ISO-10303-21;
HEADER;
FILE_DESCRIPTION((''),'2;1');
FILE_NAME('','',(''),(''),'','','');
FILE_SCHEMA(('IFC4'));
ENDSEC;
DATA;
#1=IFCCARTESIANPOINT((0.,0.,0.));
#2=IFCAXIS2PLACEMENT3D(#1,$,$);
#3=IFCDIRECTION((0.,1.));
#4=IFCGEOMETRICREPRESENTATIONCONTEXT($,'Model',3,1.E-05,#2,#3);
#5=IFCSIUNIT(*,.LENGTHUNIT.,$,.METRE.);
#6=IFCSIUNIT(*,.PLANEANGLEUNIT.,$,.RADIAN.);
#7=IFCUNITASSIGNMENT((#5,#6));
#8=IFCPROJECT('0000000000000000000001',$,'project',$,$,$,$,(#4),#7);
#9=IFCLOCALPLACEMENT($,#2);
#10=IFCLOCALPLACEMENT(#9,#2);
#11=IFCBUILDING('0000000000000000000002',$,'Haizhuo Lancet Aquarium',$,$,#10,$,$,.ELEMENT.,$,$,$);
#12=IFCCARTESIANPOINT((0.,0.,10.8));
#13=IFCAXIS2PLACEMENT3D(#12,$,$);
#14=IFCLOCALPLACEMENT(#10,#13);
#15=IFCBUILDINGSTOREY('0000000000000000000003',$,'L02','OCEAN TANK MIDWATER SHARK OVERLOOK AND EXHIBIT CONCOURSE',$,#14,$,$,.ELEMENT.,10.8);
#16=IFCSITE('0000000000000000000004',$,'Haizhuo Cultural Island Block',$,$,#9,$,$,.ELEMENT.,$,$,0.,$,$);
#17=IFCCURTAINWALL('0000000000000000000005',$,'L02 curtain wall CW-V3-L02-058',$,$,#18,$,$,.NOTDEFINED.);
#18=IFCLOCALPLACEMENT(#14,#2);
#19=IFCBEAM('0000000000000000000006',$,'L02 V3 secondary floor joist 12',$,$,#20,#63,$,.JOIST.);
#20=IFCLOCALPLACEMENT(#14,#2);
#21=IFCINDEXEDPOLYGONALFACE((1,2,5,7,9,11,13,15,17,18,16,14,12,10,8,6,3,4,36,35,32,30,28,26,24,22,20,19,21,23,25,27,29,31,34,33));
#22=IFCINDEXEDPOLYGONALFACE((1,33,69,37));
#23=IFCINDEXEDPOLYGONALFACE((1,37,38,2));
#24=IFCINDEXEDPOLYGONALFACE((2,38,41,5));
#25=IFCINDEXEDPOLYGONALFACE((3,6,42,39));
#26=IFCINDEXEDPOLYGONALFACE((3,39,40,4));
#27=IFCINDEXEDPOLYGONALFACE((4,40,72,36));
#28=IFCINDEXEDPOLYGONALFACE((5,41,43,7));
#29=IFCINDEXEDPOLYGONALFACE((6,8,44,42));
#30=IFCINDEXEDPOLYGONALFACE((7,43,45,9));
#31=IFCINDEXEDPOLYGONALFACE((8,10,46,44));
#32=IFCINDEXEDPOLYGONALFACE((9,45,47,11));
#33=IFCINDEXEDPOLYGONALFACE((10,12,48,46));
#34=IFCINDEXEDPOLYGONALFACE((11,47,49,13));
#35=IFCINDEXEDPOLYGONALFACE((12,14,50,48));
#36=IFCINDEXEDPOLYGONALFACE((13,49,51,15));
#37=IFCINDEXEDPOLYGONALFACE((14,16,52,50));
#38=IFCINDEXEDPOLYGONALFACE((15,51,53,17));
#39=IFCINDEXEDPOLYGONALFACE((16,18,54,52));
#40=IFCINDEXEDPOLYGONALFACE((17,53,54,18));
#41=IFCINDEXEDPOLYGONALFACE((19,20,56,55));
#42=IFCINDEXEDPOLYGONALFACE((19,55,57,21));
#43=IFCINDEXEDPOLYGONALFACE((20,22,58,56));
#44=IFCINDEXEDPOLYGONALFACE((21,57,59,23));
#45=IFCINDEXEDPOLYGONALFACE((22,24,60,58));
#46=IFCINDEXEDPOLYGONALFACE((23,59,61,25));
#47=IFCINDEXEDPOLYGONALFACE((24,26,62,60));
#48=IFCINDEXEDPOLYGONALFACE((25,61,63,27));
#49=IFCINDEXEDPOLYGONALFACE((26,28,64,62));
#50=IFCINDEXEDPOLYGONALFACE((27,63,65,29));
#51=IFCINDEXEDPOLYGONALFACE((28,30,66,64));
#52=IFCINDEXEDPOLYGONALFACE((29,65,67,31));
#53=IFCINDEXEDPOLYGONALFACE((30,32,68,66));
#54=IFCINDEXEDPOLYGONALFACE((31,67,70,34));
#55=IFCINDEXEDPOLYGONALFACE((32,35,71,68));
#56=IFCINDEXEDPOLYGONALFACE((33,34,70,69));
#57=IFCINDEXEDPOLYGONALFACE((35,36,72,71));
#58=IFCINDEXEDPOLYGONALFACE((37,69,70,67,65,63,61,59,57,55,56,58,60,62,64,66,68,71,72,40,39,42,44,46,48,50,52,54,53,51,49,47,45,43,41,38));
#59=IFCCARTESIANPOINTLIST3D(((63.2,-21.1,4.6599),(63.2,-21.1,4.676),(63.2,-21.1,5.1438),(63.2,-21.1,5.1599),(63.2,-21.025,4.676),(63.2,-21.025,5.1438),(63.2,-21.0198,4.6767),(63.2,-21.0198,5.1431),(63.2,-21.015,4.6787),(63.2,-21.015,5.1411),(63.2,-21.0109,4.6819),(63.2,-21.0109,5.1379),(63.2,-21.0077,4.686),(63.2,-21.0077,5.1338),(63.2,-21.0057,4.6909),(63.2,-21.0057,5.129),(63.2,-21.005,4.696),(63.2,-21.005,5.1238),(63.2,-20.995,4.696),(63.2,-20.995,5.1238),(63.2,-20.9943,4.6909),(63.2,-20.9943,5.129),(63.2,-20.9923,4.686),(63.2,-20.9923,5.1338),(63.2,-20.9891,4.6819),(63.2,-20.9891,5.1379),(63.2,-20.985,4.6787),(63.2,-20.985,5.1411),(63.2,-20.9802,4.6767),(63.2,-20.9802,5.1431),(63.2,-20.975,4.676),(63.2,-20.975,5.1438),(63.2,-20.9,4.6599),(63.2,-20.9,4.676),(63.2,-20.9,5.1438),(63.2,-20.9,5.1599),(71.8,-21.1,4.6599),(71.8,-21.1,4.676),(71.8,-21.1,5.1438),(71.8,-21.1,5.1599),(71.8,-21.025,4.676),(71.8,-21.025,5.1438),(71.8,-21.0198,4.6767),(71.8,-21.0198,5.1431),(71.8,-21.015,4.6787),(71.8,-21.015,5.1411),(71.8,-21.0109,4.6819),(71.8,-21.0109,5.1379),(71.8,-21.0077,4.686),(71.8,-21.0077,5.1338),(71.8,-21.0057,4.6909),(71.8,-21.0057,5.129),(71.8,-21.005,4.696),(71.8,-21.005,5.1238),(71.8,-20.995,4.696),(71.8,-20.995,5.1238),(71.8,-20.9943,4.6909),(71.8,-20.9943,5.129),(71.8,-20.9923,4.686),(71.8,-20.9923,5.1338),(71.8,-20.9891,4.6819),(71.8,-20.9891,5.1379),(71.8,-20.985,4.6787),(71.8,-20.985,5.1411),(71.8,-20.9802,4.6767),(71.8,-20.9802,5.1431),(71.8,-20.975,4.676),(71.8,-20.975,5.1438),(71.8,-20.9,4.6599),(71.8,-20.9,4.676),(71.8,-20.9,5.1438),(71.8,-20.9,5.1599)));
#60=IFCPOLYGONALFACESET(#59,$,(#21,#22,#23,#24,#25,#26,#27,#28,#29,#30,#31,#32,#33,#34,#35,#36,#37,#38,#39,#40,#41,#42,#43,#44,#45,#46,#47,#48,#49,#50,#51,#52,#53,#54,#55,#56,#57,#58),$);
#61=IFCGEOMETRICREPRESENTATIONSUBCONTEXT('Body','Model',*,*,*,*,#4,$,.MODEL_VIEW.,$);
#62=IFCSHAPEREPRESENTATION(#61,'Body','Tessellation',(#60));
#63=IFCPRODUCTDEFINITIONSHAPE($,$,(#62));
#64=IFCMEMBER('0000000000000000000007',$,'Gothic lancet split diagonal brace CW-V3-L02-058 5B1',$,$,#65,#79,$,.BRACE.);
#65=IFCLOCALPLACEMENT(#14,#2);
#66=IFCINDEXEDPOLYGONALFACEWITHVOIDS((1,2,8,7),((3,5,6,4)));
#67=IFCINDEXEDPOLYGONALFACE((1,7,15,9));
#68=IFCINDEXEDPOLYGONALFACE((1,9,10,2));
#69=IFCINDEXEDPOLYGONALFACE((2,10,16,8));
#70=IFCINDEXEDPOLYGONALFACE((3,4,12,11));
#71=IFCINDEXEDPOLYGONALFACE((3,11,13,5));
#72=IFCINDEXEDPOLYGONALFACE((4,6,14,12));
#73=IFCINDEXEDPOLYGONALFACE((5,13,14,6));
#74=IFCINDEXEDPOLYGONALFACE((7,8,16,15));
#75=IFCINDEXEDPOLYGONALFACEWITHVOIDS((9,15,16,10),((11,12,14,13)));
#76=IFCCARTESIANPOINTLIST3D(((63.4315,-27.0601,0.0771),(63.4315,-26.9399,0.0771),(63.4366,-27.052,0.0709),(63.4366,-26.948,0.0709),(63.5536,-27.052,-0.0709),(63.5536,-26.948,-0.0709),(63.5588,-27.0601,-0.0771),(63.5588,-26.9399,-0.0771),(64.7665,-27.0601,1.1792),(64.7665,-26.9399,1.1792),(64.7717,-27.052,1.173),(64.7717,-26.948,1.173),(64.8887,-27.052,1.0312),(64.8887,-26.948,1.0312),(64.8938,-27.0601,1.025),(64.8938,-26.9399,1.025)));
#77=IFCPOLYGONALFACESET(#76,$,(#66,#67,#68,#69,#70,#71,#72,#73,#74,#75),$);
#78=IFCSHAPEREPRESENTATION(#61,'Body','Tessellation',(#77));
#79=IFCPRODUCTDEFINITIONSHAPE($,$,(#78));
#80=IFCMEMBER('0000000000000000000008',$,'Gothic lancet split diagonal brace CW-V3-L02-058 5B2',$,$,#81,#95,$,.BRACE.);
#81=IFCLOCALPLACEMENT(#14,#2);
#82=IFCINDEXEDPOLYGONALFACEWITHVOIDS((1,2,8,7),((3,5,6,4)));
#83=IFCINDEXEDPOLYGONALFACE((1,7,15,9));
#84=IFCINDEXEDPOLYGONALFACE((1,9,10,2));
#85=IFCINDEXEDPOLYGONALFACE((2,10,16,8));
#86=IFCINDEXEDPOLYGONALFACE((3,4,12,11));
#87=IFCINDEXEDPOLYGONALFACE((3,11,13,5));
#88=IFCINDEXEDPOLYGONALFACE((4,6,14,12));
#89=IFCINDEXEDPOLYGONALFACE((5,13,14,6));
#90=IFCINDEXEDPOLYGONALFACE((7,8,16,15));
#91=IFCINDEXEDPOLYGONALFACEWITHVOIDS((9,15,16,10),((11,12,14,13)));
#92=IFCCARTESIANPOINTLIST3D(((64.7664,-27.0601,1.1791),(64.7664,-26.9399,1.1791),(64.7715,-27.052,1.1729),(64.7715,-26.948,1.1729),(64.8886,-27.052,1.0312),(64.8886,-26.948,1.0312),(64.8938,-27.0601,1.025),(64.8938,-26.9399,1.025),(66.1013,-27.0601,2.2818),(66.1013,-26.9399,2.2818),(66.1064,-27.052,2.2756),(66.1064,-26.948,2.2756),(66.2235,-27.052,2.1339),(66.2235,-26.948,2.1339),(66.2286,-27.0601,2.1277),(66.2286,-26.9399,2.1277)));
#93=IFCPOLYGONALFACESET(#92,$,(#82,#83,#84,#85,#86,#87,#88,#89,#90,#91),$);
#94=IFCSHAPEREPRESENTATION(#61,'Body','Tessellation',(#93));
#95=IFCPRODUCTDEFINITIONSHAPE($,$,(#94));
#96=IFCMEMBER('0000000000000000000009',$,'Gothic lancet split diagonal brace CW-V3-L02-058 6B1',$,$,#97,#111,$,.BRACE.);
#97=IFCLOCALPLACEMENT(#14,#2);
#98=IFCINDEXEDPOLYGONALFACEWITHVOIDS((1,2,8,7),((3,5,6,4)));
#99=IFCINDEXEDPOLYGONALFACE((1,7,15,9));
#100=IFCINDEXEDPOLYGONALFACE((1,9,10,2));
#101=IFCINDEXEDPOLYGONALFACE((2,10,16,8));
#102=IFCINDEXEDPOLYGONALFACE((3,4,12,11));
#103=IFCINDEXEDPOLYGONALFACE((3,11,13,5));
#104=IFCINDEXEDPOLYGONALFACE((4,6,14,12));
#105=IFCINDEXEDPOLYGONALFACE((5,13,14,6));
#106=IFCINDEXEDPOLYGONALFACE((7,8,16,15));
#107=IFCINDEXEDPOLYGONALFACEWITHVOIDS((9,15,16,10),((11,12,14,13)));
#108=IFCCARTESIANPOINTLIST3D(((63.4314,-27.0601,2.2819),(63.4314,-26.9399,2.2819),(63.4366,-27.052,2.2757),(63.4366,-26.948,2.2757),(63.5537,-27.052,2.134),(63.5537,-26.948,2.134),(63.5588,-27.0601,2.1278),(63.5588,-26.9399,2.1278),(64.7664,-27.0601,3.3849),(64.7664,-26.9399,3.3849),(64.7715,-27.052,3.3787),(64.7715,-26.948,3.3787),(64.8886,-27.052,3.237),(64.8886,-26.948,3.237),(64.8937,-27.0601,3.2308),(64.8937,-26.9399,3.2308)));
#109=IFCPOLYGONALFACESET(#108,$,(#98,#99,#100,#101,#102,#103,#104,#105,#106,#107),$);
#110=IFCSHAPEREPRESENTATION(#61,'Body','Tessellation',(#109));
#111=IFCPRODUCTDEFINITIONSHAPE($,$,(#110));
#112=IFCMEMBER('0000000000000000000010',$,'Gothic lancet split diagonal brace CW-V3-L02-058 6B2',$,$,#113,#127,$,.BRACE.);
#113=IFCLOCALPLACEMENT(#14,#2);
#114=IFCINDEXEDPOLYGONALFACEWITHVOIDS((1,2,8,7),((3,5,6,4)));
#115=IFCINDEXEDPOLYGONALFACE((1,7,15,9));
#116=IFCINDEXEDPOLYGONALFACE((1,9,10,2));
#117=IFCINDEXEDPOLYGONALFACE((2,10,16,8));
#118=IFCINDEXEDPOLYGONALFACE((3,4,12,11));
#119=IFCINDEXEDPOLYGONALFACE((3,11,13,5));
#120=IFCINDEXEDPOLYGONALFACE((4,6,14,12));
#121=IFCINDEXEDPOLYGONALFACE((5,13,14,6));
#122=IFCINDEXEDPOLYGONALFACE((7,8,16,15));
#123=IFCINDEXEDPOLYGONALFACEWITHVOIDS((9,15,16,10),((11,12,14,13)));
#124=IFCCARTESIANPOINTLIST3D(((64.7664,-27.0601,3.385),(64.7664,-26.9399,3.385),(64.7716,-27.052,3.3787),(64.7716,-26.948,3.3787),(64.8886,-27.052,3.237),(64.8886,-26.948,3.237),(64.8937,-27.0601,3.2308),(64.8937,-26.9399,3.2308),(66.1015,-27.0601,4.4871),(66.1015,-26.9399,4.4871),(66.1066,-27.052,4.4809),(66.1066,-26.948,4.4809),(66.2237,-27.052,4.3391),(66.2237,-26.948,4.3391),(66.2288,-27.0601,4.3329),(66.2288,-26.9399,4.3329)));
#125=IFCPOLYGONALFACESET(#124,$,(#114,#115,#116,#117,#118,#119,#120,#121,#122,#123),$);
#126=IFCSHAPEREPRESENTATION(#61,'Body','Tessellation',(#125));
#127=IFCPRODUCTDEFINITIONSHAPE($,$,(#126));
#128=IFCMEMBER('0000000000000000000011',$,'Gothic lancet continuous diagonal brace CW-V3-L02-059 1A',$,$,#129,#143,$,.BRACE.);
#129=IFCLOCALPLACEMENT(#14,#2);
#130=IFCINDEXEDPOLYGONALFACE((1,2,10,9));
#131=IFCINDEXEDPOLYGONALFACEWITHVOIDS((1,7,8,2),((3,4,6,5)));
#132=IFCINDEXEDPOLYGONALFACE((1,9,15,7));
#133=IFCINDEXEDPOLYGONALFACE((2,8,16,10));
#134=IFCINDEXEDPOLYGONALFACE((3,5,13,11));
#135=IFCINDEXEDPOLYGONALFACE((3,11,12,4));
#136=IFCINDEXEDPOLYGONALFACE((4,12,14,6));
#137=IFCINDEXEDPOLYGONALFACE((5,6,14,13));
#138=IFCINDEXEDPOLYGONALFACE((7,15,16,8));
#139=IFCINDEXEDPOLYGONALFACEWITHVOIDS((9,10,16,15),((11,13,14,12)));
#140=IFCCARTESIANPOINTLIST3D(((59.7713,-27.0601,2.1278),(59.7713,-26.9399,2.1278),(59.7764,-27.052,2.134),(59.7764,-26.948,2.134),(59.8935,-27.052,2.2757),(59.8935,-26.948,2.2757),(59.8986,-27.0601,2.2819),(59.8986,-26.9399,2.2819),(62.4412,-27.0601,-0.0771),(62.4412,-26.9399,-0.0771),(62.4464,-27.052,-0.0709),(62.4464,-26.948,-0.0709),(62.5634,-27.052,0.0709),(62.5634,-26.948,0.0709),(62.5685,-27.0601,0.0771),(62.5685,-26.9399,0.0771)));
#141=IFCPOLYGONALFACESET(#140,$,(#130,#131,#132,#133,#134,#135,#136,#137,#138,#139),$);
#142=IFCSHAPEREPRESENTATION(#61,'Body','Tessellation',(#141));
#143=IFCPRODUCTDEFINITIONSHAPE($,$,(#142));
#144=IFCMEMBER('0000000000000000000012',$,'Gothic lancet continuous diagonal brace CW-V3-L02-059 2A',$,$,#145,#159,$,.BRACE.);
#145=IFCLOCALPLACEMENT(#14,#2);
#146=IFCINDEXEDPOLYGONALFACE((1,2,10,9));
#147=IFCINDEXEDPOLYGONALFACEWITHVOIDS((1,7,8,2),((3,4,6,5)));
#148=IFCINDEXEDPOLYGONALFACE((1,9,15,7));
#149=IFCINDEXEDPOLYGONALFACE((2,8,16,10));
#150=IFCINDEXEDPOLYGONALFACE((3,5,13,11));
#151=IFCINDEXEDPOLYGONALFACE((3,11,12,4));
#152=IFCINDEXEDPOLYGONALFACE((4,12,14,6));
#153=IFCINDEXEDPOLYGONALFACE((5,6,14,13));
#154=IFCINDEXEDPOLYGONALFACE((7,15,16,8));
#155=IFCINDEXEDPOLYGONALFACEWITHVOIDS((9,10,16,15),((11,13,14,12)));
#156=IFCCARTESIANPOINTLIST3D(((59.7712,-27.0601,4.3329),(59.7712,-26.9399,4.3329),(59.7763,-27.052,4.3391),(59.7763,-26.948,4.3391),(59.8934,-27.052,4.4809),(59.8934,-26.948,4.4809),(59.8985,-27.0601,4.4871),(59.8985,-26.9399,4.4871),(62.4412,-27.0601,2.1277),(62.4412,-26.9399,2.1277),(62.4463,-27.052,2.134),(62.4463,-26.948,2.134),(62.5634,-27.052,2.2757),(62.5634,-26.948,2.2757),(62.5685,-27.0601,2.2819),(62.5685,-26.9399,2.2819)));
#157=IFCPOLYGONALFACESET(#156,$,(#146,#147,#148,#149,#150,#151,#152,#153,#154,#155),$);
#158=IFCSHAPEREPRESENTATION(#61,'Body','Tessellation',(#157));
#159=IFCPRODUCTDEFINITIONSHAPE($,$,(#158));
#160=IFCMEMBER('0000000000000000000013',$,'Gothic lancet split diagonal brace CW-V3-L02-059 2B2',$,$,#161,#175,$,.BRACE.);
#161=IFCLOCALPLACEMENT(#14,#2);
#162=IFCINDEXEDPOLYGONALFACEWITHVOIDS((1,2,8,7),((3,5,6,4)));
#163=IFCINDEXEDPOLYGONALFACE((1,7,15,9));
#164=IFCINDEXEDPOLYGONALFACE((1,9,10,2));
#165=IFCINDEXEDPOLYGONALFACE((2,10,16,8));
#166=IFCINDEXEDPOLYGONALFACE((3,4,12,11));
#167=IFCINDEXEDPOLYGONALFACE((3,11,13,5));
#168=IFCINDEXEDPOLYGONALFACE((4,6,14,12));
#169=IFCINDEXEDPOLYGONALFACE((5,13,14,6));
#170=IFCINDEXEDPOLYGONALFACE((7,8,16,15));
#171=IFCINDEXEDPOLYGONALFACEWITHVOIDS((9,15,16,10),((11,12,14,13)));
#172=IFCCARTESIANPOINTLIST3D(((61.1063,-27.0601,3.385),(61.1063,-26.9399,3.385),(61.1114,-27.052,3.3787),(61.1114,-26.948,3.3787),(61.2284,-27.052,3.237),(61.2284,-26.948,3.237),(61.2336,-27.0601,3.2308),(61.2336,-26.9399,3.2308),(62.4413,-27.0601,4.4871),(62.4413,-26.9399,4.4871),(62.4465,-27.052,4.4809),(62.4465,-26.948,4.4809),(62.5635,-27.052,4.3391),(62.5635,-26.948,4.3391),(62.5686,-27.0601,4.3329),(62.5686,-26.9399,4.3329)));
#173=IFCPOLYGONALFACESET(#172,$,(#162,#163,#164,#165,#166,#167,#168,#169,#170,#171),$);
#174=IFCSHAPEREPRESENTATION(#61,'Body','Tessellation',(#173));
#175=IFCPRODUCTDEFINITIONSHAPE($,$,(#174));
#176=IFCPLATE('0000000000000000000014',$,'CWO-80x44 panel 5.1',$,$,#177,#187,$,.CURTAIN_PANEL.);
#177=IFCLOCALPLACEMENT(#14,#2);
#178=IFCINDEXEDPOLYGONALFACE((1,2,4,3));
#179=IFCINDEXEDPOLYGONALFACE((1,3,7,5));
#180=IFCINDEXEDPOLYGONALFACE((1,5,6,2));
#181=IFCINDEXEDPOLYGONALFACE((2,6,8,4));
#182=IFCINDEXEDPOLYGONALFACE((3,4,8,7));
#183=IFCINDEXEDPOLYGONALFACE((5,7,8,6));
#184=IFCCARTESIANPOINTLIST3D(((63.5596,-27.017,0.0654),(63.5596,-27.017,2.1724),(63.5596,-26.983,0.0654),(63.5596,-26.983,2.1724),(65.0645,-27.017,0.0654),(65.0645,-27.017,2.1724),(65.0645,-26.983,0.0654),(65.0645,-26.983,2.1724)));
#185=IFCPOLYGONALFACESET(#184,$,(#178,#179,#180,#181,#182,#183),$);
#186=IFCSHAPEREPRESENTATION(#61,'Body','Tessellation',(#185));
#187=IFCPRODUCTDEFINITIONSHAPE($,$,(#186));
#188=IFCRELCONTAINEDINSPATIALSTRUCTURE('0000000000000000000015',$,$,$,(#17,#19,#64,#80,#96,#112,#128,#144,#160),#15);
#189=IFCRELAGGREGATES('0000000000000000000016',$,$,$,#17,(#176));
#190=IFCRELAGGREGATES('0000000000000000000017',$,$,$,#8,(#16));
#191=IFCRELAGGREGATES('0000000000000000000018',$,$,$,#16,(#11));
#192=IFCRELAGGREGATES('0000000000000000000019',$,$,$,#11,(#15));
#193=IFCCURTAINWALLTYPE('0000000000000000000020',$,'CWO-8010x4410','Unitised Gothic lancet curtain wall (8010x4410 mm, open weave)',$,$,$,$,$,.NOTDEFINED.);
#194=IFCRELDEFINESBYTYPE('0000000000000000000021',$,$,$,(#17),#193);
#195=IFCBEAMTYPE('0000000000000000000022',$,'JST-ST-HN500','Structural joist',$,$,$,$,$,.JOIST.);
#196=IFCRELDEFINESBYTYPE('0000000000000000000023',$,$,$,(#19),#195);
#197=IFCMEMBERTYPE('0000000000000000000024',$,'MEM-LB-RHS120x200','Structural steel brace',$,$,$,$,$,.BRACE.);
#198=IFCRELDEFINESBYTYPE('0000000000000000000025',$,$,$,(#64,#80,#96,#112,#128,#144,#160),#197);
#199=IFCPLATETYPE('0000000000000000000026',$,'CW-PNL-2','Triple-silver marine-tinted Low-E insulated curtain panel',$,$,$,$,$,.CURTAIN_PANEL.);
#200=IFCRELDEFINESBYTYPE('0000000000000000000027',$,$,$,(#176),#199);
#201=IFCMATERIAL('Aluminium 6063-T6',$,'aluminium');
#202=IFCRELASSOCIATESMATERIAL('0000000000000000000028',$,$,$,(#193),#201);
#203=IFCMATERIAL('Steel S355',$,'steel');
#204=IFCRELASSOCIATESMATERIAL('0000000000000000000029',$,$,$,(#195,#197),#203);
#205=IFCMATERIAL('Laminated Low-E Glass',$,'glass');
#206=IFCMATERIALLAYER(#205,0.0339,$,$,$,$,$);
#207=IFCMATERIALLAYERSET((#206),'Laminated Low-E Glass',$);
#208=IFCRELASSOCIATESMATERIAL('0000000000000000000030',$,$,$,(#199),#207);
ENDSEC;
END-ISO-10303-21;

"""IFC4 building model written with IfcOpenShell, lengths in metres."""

from ifc_helpers import new_model, si_unit, direction, frame, origin, origin_2d, place, context, subcontext, project, spatial, rectangle, hollow_rectangle, i_section, extrude, material, layer, layer_set, material_profile, profile_set, type_object, element, aggregate, save


model = new_model("IFC4")

# Units and contexts
model_context = context("Model", 3, precision=1e-05, world=origin(), true_north=direction((0.0, 1.0)))
body_context = subcontext(model_context, "Body", "Model", "MODEL_VIEW")
ifc_project = project(units=[si_unit("LENGTHUNIT", "METRE"), si_unit("PLANEANGLEUNIT", "RADIAN")], contexts=[model_context])

# Site, building, storey
site_placement = place(None, origin())
site = spatial("IfcSite", under=ifc_project, at=site_placement, Name="Haizhuo Cultural Island Block", CompositionType="ELEMENT", RefElevation=0.0)
building_placement = place(site_placement, origin())
building = spatial("IfcBuilding", under=site, at=building_placement, Name="Haizhuo Lancet Aquarium", CompositionType="ELEMENT")
storey_placement = place(building_placement, frame((0.0, 0.0, 10.8)))
storey = spatial("IfcBuildingStorey", under=building, at=storey_placement, Name="L02", Description="OCEAN TANK MIDWATER SHARK OVERLOOK AND EXHIBIT CONCOURSE", CompositionType="ELEMENT", Elevation=10.8)

# Curtain wall
ifc_material_1 = material(Name="Aluminium 6063-T6", Category="aluminium")
curtain_wall_type = type_object("IfcCurtainWallType", Name="CWO-8010x4410", Description="Unitised Gothic lancet curtain wall (8010x4410 mm, open weave)", PredefinedType="NOTDEFINED", material=ifc_material_1)
curtain_wall_1_placement = place(storey_placement, origin())
curtain_wall_1 = element("IfcCurtainWall", 1, at=curtain_wall_1_placement, inside=storey, type_object=curtain_wall_type, Name="L02 curtain wall CW-V3-L02-058", PredefinedType="NOTDEFINED")

# Beam
ifc_material_2 = material(Name="Steel S355", Category="steel")
ifc_material_profile_1 = material_profile(ifc_material_2, i_section(OverallWidth=0.2, OverallDepth=0.5, WebThickness=0.01, FlangeThickness=0.0161, FilletRadius=0.02, at=origin_2d()), Name="HN 500x200x10x16")
ifc_profile_set_1 = profile_set([ifc_material_profile_1], Name="Steel S355")
beam_type_1 = type_object("IfcBeamType", Name="JST-ST-HN500", Description="Structural joist", PredefinedType="JOIST", material=ifc_profile_set_1)
beam_1_placement = place(storey_placement, frame((63.2, -21.0, 4.9099), z_axis=(1.0, 0.0, 0.0), x_axis=(0.0, 1.0, 0.0)))
element("IfcBeam", 2, at=beam_1_placement, inside=storey, type_object=beam_type_1, Name="L02 V3 secondary floor joist 12", PredefinedType="JOIST", context=body_context, shape_type="SweptSolid", body=[
    extrude(i_section(OverallWidth=0.2, OverallDepth=0.5, WebThickness=0.01, FlangeThickness=0.0161, FilletRadius=0.02, at=origin_2d()), origin(), (0.0, 0.0, 1.0), 8.6001),
])

# Members
ifc_material_profile_2 = material_profile(ifc_material_2, hollow_rectangle(XDim=0.1201, YDim=0.2, WallThickness=0.0081, at=origin_2d()), Name="RHS 120x200x8")
ifc_profile_set_2 = profile_set([ifc_material_profile_2], Name="Steel S355")
member_type_1 = type_object("IfcMemberType", Name="MEM-LB-RHS120x200", Description="Structural steel brace", PredefinedType="BRACE", material=ifc_profile_set_2)
member_1_placement = place(storey_placement, frame((63.4951, -27.0, 0.0), z_axis=(0.771172, 0.0, 0.636626), x_axis=(0.0, 1.0, 0.0)))
element("IfcMember", 3, at=member_1_placement, inside=storey, type_object=member_type_1, Name="Gothic lancet split diagonal brace CW-V3-L02-058 5B1", PredefinedType="BRACE", context=body_context, shape_type="SweptSolid", body=[
    extrude(hollow_rectangle(XDim=0.1201, YDim=0.2, WallThickness=0.0081, at=origin_2d()), origin(), (0.0, 0.0, 1.0), 1.7312),
])
member_2_placement = place(storey_placement, frame((64.8301, -27.0, 1.1021), z_axis=(0.770965, 0.0, 0.636878), x_axis=(0.0, 1.0, 0.0)))
element("IfcMember", 4, at=member_2_placement, inside=storey, type_object=member_type_1, Name="Gothic lancet split diagonal brace CW-V3-L02-058 5B2", PredefinedType="BRACE", context=body_context, shape_type="SweptSolid", body=[
    extrude(hollow_rectangle(XDim=0.1201, YDim=0.2, WallThickness=0.0081, at=origin_2d()), origin(), (0.0, 0.0, 1.0), 1.7314),
])
member_3_placement = place(storey_placement, frame((63.4951, -27.0, 2.2048), z_axis=(0.770896, 0.0, 0.636962), x_axis=(0.0, 1.0, 0.0)))
element("IfcMember", 5, at=member_3_placement, inside=storey, type_object=member_type_1, Name="Gothic lancet split diagonal brace CW-V3-L02-058 6B1", PredefinedType="BRACE", context=body_context, shape_type="SweptSolid", body=[
    extrude(hollow_rectangle(XDim=0.1201, YDim=0.2, WallThickness=0.0081, at=origin_2d()), origin(), (0.0, 0.0, 1.0), 1.7317),
])
member_4_placement = place(storey_placement, frame((64.8301, -27.0, 3.3079), z_axis=(0.771172, 0.0, 0.636626), x_axis=(0.0, 1.0, 0.0)))
element("IfcMember", 6, at=member_4_placement, inside=storey, type_object=member_type_1, Name="Gothic lancet split diagonal brace CW-V3-L02-058 6B2", PredefinedType="BRACE", context=body_context, shape_type="SweptSolid", body=[
    extrude(hollow_rectangle(XDim=0.1201, YDim=0.2, WallThickness=0.0081, at=origin_2d()), origin(), (0.0, 0.0, 1.0), 1.7312),
])
member_5_placement = place(storey_placement, frame((62.5049, -27.0, 0.0), z_axis=(-0.771069, 0.0, 0.636752), x_axis=(0.0, -1.0, 0.0)))
element("IfcMember", 7, at=member_5_placement, inside=storey, type_object=member_type_1, Name="Gothic lancet continuous diagonal brace CW-V3-L02-059 1A", PredefinedType="BRACE", context=body_context, shape_type="SweptSolid", body=[
    extrude(hollow_rectangle(XDim=0.1201, YDim=0.2, WallThickness=0.0081, at=origin_2d()), origin(), (0.0, 0.0, 1.0), 3.4626),
])
member_6_placement = place(storey_placement, frame((62.5049, -27.0, 2.2048), z_axis=(-0.771034, 0.0, 0.636794), x_axis=(0.0, -1.0, 0.0)))
element("IfcMember", 8, at=member_6_placement, inside=storey, type_object=member_type_1, Name="Gothic lancet continuous diagonal brace CW-V3-L02-059 2A", PredefinedType="BRACE", context=body_context, shape_type="SweptSolid", body=[
    extrude(hollow_rectangle(XDim=0.1201, YDim=0.2, WallThickness=0.0081, at=origin_2d()), origin(), (0.0, 0.0, 1.0), 3.4629),
])
member_7_placement = place(storey_placement, frame((61.1699, -27.0, 3.3079), z_axis=(0.771172, 0.0, 0.636626), x_axis=(0.0, 1.0, 0.0)))
element("IfcMember", 9, at=member_7_placement, inside=storey, type_object=member_type_1, Name="Gothic lancet split diagonal brace CW-V3-L02-059 2B2", PredefinedType="BRACE", context=body_context, shape_type="SweptSolid", body=[
    extrude(hollow_rectangle(XDim=0.1201, YDim=0.2, WallThickness=0.0081, at=origin_2d()), origin(), (0.0, 0.0, 1.0), 1.7312),
])

# Plate
ifc_material_3 = material(Name="Laminated Low-E Glass", Category="glass")
ifc_layer_1 = layer(ifc_material_3, 0.0339)
ifc_layer_set_1 = layer_set([ifc_layer_1], Name="Laminated Low-E Glass")
plate_type_1 = type_object("IfcPlateType", Name="CW-PNL-2", Description="Triple-silver marine-tinted Low-E insulated curtain panel", PredefinedType="CURTAIN_PANEL", material=ifc_layer_set_1)
plate_1_placement = place(storey_placement, frame((64.312, -27.0, 0.0654), z_axis=(0.0, 0.0, 1.0), x_axis=(-1.0, 0.0, 0.0)))
plate_1 = element("IfcPlate", 10, at=plate_1_placement, type_object=plate_type_1, Name="CWO-80x44 panel 5.1", PredefinedType="CURTAIN_PANEL", context=body_context, shape_type="SweptSolid", body=[
    extrude(rectangle(XDim=1.5049, YDim=0.0339, at=origin_2d()), origin(), (0.0, 0.0, 1.0), 2.1069),
])
aggregate(curtain_wall_1, [plate_1])

save(model, "model.ifc")
